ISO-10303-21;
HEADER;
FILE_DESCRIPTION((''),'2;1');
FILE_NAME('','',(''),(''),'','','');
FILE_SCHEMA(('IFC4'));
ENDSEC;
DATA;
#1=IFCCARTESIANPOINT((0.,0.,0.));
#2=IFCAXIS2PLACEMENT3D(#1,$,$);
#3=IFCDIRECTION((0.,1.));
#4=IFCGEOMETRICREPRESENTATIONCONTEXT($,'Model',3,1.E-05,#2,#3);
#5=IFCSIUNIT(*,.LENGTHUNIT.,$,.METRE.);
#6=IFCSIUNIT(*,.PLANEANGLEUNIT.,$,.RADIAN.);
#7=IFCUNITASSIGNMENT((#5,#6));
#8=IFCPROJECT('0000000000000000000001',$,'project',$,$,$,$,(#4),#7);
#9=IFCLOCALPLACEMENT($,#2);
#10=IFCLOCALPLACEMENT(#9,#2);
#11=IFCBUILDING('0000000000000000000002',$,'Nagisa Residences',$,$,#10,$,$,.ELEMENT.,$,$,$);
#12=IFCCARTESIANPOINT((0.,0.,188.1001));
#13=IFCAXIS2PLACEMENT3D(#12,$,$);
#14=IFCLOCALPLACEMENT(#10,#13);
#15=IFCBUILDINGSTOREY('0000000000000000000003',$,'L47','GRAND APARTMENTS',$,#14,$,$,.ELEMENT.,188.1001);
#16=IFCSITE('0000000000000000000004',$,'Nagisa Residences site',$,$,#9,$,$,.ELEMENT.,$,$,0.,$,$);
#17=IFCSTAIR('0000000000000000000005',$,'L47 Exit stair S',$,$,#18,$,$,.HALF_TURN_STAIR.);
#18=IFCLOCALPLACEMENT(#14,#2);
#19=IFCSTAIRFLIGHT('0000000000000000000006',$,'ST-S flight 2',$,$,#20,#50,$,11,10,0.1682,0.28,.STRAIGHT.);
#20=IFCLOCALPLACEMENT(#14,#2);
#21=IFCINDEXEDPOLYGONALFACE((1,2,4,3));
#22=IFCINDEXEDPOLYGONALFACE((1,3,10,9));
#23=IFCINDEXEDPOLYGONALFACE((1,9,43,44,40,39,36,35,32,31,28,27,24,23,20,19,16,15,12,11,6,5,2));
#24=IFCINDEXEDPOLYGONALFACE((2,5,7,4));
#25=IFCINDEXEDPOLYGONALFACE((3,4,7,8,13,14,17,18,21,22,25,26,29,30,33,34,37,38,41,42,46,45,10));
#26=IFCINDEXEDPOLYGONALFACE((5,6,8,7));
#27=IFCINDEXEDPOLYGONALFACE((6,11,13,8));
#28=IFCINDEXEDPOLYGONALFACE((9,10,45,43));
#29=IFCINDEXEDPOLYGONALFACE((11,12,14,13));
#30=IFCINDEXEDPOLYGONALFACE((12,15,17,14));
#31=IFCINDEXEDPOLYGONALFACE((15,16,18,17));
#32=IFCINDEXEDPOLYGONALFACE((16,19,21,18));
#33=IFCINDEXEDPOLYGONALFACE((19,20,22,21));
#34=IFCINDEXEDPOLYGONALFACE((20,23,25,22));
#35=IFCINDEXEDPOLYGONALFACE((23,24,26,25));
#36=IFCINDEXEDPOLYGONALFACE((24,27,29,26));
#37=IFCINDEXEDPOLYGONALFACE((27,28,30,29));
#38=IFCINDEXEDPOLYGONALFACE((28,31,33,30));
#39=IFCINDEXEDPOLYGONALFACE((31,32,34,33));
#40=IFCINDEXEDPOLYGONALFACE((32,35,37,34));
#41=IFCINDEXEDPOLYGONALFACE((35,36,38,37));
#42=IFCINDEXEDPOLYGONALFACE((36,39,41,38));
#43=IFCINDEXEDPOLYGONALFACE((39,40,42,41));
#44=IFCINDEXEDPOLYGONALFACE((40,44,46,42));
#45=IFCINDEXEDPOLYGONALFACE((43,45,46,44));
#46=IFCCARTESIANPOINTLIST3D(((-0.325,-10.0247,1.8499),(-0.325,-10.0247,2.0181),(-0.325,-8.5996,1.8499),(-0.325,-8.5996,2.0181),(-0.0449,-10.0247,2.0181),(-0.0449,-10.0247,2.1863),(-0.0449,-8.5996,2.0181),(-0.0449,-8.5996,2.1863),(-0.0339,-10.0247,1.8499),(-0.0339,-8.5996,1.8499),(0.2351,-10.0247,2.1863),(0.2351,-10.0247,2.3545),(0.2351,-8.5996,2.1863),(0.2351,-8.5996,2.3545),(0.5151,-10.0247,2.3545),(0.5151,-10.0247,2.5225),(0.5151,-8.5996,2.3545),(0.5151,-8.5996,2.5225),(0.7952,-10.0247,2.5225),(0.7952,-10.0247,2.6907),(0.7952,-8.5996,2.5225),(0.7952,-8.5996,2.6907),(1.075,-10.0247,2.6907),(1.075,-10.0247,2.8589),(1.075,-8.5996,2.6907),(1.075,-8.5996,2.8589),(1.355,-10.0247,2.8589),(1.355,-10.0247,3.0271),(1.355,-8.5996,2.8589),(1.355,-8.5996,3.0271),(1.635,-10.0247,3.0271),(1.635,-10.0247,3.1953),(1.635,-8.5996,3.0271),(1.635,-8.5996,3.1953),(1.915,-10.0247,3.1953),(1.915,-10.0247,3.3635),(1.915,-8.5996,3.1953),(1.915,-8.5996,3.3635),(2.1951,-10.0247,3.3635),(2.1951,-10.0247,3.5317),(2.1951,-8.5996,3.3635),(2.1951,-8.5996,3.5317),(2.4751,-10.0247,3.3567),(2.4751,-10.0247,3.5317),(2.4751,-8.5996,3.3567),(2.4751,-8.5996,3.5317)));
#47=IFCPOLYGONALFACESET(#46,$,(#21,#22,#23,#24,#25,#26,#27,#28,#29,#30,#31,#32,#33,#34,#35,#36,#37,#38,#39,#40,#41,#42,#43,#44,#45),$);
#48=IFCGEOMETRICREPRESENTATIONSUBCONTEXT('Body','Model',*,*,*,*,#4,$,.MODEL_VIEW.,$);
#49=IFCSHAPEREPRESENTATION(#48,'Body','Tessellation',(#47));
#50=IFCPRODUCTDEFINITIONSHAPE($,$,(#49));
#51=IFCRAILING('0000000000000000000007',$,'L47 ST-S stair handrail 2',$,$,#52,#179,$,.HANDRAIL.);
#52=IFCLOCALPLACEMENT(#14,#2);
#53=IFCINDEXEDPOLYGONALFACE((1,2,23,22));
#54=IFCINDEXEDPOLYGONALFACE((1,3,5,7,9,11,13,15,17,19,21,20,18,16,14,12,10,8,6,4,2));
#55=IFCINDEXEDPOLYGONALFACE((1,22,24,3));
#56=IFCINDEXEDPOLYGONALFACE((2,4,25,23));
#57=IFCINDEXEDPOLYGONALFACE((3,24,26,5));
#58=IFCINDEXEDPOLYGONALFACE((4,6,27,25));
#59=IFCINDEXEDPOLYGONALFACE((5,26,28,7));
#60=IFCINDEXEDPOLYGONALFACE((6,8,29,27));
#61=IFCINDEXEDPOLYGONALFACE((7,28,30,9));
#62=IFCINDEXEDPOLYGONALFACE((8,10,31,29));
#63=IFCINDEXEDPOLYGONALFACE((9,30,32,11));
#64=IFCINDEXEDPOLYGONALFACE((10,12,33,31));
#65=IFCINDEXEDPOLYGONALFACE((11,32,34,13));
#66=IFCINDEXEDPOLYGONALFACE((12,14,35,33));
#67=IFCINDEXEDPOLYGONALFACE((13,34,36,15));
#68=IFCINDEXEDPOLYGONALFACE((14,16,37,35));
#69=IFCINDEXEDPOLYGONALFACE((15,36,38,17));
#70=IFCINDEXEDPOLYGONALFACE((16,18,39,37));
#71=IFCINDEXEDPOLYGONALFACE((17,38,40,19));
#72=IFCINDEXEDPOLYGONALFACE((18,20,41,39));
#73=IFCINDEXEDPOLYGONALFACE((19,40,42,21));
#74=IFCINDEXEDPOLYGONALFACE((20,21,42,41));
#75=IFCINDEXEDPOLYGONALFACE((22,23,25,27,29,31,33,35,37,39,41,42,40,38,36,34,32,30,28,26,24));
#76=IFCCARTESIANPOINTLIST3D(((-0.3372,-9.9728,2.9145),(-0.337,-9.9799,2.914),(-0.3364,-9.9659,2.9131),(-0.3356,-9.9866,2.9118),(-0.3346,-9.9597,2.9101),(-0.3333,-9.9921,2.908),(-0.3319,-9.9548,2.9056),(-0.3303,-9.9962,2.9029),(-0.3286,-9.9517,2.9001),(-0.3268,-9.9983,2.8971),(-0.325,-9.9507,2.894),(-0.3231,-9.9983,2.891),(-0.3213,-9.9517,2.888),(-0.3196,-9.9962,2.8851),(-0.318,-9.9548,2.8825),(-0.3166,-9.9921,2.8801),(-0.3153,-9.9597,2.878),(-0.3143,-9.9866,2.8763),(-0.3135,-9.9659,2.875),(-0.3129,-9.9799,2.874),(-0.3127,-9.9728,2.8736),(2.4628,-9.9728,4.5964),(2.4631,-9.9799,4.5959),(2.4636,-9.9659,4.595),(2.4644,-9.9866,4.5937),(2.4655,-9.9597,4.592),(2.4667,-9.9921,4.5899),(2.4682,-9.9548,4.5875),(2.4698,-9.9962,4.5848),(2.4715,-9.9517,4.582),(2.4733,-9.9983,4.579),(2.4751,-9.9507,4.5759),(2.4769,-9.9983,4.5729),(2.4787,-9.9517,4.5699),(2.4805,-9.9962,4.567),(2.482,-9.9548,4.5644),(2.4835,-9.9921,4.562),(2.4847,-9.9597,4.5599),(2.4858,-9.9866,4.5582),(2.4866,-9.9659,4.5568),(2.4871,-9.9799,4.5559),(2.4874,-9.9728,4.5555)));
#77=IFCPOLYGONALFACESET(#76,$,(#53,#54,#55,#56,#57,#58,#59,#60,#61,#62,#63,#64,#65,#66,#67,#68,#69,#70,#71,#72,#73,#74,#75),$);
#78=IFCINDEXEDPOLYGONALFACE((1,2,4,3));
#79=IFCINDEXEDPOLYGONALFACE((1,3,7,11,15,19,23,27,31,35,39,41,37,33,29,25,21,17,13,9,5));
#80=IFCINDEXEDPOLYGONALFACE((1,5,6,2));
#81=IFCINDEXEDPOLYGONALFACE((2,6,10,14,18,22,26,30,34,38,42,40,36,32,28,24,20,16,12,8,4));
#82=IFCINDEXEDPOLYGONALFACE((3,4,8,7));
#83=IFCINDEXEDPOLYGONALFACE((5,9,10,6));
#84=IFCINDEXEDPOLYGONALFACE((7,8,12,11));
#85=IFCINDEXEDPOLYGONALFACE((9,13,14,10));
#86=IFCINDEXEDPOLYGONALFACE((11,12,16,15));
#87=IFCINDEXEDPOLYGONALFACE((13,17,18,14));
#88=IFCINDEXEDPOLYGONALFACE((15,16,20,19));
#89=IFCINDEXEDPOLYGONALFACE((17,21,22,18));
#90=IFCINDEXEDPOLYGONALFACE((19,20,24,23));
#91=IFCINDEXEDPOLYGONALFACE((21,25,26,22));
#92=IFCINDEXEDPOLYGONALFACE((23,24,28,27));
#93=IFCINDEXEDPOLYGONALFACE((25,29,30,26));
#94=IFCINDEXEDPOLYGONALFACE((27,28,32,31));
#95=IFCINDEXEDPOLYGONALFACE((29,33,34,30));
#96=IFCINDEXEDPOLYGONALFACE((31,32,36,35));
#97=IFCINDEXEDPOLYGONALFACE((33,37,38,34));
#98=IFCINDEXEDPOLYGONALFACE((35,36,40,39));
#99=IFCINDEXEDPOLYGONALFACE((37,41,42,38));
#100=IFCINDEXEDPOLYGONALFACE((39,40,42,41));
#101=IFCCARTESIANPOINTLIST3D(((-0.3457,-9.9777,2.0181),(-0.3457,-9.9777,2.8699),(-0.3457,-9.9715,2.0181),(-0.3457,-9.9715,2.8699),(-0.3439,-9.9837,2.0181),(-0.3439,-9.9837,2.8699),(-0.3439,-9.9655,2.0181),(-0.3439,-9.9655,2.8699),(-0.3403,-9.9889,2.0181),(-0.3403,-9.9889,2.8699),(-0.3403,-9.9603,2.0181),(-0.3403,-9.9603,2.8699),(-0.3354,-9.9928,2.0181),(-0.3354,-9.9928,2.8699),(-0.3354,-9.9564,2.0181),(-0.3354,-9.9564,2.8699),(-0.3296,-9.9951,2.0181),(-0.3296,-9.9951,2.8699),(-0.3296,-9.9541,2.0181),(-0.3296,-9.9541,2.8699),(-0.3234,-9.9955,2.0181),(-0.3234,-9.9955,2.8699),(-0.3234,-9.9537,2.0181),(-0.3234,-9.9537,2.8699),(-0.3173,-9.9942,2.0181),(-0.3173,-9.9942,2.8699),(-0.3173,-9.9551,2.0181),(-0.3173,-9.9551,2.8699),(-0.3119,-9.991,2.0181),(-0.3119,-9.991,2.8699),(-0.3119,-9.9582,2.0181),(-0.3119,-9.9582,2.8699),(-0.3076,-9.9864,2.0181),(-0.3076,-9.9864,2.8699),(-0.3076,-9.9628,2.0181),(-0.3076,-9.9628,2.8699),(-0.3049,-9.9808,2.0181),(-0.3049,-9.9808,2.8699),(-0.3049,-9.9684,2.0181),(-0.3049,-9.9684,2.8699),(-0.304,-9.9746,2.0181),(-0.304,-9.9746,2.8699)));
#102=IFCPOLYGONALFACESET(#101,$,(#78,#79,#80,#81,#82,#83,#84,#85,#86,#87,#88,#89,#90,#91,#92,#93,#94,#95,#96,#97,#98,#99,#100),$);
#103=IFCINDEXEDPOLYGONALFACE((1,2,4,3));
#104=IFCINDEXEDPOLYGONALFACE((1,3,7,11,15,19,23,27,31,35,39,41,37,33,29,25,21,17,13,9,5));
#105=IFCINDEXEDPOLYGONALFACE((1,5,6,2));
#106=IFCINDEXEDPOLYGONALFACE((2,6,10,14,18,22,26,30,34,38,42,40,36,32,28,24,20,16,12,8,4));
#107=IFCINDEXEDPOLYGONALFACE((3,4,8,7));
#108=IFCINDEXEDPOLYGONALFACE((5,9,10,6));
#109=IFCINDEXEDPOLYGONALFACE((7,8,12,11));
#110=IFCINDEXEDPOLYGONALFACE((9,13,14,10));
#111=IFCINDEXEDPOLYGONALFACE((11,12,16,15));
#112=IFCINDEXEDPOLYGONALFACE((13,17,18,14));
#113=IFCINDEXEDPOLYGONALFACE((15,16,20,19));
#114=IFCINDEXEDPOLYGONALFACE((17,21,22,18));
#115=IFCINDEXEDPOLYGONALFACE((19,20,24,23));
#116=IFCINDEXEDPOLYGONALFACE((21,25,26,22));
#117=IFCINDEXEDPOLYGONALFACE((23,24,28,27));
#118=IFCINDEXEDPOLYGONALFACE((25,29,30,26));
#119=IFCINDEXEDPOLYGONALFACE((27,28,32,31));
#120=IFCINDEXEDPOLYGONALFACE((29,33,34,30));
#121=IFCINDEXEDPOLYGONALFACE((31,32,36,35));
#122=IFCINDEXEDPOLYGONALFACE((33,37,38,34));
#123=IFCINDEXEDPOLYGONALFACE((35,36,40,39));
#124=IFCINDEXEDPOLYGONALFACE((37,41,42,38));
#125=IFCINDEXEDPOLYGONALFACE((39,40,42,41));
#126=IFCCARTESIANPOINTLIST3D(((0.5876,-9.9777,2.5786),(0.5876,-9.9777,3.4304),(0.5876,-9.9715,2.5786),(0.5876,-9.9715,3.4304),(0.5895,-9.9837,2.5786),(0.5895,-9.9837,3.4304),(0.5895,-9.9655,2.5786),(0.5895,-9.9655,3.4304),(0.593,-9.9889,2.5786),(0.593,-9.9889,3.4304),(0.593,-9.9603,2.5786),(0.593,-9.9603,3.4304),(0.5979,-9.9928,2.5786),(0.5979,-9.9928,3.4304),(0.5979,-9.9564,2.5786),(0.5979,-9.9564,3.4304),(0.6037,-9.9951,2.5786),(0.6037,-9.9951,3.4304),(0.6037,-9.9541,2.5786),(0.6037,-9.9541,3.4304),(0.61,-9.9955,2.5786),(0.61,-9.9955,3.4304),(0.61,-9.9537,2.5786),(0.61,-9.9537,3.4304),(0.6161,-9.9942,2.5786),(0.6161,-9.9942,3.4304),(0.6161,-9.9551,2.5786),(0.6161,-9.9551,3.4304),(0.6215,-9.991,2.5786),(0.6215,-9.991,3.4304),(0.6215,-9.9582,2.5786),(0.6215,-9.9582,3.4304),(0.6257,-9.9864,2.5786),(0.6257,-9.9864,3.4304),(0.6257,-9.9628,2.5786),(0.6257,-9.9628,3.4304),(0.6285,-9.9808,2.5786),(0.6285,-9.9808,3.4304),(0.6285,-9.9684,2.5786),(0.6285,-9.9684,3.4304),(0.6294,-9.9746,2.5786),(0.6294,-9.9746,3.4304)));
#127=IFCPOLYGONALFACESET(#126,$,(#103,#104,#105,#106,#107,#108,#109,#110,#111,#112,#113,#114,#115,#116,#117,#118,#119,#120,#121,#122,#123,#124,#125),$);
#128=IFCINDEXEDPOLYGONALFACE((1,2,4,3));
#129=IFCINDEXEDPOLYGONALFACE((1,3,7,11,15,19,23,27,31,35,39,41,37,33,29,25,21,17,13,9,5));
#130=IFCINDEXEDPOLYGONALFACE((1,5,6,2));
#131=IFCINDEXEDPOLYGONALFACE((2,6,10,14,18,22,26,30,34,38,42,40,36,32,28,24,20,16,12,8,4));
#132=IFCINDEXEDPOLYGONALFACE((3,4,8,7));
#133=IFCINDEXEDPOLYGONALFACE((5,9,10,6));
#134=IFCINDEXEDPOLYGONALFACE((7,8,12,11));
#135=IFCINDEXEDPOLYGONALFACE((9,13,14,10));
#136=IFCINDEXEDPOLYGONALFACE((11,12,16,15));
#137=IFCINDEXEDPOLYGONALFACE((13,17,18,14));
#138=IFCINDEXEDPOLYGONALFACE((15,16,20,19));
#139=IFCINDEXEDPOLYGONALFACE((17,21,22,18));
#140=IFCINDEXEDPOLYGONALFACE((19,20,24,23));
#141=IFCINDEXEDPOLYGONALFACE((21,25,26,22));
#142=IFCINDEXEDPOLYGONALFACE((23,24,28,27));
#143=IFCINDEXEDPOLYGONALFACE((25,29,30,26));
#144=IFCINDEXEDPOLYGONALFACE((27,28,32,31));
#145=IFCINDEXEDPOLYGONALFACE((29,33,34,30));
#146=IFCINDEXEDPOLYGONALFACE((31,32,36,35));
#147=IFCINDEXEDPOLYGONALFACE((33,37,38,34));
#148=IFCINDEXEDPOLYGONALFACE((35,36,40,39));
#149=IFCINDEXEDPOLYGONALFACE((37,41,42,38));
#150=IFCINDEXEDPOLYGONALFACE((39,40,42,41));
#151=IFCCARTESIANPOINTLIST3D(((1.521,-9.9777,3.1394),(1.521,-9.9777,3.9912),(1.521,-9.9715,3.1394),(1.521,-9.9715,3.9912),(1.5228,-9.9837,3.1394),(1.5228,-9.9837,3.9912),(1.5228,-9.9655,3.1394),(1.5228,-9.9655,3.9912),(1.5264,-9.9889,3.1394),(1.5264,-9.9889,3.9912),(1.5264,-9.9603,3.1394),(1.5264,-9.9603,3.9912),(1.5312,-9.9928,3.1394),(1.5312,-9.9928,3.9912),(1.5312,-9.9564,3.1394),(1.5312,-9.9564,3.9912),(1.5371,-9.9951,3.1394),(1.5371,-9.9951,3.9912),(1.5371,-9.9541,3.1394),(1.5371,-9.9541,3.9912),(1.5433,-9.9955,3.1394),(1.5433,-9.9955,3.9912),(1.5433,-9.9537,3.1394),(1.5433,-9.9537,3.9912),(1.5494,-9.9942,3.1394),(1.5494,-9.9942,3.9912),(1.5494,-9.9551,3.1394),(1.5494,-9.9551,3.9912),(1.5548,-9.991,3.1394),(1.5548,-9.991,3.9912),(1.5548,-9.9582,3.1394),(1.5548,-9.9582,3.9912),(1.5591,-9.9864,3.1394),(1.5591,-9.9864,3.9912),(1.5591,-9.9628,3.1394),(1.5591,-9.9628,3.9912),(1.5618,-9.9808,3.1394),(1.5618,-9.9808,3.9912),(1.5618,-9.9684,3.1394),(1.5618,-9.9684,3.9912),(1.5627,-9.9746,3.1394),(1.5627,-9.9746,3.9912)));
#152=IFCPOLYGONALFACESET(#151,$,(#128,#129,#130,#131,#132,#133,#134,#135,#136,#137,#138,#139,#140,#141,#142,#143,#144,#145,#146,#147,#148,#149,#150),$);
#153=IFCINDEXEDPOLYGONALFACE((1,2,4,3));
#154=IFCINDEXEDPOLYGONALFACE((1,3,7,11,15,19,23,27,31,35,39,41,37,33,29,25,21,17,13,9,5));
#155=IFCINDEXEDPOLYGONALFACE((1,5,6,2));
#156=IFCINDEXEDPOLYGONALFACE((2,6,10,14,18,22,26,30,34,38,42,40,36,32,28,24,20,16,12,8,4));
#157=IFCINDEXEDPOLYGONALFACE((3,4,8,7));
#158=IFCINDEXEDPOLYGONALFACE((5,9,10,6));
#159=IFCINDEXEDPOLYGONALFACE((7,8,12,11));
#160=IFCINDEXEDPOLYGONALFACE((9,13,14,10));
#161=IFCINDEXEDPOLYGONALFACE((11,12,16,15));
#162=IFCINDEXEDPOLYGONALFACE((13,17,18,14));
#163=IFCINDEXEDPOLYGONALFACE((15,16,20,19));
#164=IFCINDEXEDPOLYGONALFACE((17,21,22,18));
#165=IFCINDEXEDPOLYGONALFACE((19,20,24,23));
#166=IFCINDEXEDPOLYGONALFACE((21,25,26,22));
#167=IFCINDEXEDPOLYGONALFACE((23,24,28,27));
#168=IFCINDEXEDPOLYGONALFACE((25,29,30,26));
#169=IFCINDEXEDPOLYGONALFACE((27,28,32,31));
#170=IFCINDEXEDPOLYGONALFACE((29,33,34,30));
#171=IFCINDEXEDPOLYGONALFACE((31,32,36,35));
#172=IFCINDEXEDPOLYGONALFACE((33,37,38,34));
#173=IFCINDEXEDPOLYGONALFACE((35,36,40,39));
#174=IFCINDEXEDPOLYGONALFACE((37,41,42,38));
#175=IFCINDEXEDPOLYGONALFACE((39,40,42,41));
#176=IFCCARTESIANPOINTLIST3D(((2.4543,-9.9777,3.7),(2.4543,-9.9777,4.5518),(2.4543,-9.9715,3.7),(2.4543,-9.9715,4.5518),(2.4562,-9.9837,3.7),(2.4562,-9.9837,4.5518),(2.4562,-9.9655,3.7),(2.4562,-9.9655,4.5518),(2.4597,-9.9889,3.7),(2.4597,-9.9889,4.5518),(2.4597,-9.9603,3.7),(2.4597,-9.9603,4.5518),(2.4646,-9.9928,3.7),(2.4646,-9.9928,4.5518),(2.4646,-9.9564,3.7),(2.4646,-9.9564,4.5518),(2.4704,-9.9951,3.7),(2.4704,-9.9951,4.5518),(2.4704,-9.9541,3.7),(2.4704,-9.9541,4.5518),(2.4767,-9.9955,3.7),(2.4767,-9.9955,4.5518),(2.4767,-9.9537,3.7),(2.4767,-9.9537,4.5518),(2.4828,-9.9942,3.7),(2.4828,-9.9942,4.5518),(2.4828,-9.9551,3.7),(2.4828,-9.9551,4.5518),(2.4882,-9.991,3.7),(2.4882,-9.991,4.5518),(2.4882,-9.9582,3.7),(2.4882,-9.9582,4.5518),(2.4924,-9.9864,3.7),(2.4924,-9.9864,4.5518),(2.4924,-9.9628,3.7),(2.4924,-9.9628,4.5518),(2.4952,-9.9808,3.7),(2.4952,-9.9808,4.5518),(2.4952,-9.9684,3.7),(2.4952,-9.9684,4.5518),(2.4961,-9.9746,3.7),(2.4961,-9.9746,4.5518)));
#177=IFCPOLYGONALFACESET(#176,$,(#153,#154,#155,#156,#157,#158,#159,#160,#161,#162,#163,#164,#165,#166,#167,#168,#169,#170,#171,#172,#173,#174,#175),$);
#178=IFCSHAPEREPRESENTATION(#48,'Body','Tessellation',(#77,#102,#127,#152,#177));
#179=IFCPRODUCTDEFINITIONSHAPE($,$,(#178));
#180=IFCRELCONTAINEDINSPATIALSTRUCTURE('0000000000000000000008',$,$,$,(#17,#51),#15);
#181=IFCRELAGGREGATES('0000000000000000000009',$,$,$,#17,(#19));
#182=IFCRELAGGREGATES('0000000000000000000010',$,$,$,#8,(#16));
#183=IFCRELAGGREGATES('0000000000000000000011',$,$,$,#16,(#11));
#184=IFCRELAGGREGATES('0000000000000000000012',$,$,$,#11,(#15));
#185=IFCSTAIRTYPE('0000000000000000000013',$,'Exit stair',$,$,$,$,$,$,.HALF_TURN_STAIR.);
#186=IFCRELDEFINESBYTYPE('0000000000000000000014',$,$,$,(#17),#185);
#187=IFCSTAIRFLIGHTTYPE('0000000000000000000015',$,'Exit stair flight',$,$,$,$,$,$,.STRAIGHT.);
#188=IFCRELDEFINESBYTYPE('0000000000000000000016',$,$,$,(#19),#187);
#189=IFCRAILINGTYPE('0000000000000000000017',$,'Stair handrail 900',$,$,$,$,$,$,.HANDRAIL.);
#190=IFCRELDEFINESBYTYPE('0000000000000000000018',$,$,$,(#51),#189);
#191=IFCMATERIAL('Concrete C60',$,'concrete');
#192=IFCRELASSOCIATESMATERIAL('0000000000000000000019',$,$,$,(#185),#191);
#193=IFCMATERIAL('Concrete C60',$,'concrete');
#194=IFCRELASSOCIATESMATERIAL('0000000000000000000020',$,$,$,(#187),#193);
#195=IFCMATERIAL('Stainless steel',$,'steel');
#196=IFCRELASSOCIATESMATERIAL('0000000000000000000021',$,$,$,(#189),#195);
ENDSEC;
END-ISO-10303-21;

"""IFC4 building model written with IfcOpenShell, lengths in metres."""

from ifc_helpers import new_model, si_unit, direction, frame, origin, origin_2d, place, context, subcontext, project, spatial, polyline, circle, outline, extrude, material, type_object, element, aggregate, save


model = new_model("IFC4")

# Units and contexts
model_context = context("Model", 3, precision=1e-05, world=origin(), true_north=direction((0.0, 1.0)))
body_context = subcontext(model_context, "Body", "Model", "MODEL_VIEW")
ifc_project = project(units=[si_unit("LENGTHUNIT", "METRE"), si_unit("PLANEANGLEUNIT", "RADIAN")], contexts=[model_context])

# Site, building, storey
site_placement = place(None, origin())
site = spatial("IfcSite", under=ifc_project, at=site_placement, Name="Nagisa Residences site", CompositionType="ELEMENT", RefElevation=0.0)
building_placement = place(site_placement, origin())
building = spatial("IfcBuilding", under=site, at=building_placement, Name="Nagisa Residences", CompositionType="ELEMENT")
storey_placement = place(building_placement, frame((0.0, 0.0, 188.1001)))
storey = spatial("IfcBuildingStorey", under=building, at=storey_placement, Name="L47", Description="GRAND APARTMENTS", CompositionType="ELEMENT", Elevation=188.1001)

# Stair, stair flight
ifc_material_1 = material(Name="Concrete C60", Category="concrete")
stair_type = type_object("IfcStairType", Name="Exit stair", PredefinedType="HALF_TURN_STAIR", material=ifc_material_1)
stair_placement = place(storey_placement, origin())
stair = element("IfcStair", 1, at=stair_placement, inside=storey, type_object=stair_type, Name="L47 Exit stair S", PredefinedType="HALF_TURN_STAIR")
ifc_material_2 = material(Name="Concrete C60", Category="concrete")
stair_flight_type = type_object("IfcStairFlightType", Name="Exit stair flight", PredefinedType="STRAIGHT", material=ifc_material_2)
stair_flight_placement = place(storey_placement, frame((-0.325, -9.312, 1.8499), z_axis=(0.0, 0.0, 1.0), x_axis=(1.0, 0.0, 0.0)))
stair_flight = element("IfcStairFlight", 2, at=stair_flight_placement, type_object=stair_flight_type, Name="ST-S flight 2", NumberOfRisers=11, NumberOfTreads=10, PredefinedType="STRAIGHT", RiserHeight=0.1682, TreadLength=0.28, context=body_context, shape_type="SweptSolid", body=[
    extrude(outline(polyline([(0.0, 0.0), (0.0, 0.1682), (0.28, 0.1682), (0.28, 0.3364), (0.5601, 0.3364), (0.5601, 0.5046), (0.8401, 0.5046), (0.8401, 0.6726), (1.1201, 0.6726), (1.1201, 0.8408), (1.3999, 0.8408), (1.3999, 1.009), (1.6799, 1.009), (1.6799, 1.1772), (1.96, 1.1772), (1.96, 1.3455), (2.24, 1.3455), (2.24, 1.5137), (2.52, 1.5137), (2.52, 1.6819), (2.8, 1.6819), (2.8, 1.8501), (2.8, 1.5068), (0.291, 0.0), (0.0, 0.0)])), frame((0.0, 0.7124, 0.0), z_axis=(0.0, -1.0, 0.0), x_axis=(1.0, 0.0, 0.0)), (0.0, 0.0, 1.0), 1.425),
])
aggregate(stair, [stair_flight])

# Railing
ifc_material_3 = material(Name="Stainless steel", Category="steel")
railing_type = type_object("IfcRailingType", Name="Stair handrail 900", PredefinedType="HANDRAIL", material=ifc_material_3)
railing_placement = place(storey_placement, frame((-0.325, -9.9746, 2.0181)))
element("IfcRailing", 3, at=railing_placement, inside=storey, type_object=railing_type, Name="L47 ST-S stair handrail 2", PredefinedType="HANDRAIL", context=body_context, shape_type="SweptSolid", body=[
    extrude(circle(Radius=0.0239, at=origin_2d()), frame((0.0, 0.0, 0.876), z_axis=(0.857242, 0.0, 0.514913), x_axis=(0.0, 1.0, 0.0)), (0.0, 0.0, 1.0), 3.2664),
    extrude(circle(Radius=0.021, at=origin_2d()), origin(), (0.0, 0.0, 1.0), 0.8518),
    extrude(circle(Radius=0.021, at=origin_2d()), frame((0.9333, 0.0, 0.5605)), (0.0, 0.0, 1.0), 0.8518),
    extrude(circle(Radius=0.021, at=origin_2d()), frame((1.8667, 0.0, 1.1213)), (0.0, 0.0, 1.0), 0.8518),
    extrude(circle(Radius=0.021, at=origin_2d()), frame((2.8, 0.0, 1.6819)), (0.0, 0.0, 1.0), 0.8518),
])

save(model, "model.ifc")
